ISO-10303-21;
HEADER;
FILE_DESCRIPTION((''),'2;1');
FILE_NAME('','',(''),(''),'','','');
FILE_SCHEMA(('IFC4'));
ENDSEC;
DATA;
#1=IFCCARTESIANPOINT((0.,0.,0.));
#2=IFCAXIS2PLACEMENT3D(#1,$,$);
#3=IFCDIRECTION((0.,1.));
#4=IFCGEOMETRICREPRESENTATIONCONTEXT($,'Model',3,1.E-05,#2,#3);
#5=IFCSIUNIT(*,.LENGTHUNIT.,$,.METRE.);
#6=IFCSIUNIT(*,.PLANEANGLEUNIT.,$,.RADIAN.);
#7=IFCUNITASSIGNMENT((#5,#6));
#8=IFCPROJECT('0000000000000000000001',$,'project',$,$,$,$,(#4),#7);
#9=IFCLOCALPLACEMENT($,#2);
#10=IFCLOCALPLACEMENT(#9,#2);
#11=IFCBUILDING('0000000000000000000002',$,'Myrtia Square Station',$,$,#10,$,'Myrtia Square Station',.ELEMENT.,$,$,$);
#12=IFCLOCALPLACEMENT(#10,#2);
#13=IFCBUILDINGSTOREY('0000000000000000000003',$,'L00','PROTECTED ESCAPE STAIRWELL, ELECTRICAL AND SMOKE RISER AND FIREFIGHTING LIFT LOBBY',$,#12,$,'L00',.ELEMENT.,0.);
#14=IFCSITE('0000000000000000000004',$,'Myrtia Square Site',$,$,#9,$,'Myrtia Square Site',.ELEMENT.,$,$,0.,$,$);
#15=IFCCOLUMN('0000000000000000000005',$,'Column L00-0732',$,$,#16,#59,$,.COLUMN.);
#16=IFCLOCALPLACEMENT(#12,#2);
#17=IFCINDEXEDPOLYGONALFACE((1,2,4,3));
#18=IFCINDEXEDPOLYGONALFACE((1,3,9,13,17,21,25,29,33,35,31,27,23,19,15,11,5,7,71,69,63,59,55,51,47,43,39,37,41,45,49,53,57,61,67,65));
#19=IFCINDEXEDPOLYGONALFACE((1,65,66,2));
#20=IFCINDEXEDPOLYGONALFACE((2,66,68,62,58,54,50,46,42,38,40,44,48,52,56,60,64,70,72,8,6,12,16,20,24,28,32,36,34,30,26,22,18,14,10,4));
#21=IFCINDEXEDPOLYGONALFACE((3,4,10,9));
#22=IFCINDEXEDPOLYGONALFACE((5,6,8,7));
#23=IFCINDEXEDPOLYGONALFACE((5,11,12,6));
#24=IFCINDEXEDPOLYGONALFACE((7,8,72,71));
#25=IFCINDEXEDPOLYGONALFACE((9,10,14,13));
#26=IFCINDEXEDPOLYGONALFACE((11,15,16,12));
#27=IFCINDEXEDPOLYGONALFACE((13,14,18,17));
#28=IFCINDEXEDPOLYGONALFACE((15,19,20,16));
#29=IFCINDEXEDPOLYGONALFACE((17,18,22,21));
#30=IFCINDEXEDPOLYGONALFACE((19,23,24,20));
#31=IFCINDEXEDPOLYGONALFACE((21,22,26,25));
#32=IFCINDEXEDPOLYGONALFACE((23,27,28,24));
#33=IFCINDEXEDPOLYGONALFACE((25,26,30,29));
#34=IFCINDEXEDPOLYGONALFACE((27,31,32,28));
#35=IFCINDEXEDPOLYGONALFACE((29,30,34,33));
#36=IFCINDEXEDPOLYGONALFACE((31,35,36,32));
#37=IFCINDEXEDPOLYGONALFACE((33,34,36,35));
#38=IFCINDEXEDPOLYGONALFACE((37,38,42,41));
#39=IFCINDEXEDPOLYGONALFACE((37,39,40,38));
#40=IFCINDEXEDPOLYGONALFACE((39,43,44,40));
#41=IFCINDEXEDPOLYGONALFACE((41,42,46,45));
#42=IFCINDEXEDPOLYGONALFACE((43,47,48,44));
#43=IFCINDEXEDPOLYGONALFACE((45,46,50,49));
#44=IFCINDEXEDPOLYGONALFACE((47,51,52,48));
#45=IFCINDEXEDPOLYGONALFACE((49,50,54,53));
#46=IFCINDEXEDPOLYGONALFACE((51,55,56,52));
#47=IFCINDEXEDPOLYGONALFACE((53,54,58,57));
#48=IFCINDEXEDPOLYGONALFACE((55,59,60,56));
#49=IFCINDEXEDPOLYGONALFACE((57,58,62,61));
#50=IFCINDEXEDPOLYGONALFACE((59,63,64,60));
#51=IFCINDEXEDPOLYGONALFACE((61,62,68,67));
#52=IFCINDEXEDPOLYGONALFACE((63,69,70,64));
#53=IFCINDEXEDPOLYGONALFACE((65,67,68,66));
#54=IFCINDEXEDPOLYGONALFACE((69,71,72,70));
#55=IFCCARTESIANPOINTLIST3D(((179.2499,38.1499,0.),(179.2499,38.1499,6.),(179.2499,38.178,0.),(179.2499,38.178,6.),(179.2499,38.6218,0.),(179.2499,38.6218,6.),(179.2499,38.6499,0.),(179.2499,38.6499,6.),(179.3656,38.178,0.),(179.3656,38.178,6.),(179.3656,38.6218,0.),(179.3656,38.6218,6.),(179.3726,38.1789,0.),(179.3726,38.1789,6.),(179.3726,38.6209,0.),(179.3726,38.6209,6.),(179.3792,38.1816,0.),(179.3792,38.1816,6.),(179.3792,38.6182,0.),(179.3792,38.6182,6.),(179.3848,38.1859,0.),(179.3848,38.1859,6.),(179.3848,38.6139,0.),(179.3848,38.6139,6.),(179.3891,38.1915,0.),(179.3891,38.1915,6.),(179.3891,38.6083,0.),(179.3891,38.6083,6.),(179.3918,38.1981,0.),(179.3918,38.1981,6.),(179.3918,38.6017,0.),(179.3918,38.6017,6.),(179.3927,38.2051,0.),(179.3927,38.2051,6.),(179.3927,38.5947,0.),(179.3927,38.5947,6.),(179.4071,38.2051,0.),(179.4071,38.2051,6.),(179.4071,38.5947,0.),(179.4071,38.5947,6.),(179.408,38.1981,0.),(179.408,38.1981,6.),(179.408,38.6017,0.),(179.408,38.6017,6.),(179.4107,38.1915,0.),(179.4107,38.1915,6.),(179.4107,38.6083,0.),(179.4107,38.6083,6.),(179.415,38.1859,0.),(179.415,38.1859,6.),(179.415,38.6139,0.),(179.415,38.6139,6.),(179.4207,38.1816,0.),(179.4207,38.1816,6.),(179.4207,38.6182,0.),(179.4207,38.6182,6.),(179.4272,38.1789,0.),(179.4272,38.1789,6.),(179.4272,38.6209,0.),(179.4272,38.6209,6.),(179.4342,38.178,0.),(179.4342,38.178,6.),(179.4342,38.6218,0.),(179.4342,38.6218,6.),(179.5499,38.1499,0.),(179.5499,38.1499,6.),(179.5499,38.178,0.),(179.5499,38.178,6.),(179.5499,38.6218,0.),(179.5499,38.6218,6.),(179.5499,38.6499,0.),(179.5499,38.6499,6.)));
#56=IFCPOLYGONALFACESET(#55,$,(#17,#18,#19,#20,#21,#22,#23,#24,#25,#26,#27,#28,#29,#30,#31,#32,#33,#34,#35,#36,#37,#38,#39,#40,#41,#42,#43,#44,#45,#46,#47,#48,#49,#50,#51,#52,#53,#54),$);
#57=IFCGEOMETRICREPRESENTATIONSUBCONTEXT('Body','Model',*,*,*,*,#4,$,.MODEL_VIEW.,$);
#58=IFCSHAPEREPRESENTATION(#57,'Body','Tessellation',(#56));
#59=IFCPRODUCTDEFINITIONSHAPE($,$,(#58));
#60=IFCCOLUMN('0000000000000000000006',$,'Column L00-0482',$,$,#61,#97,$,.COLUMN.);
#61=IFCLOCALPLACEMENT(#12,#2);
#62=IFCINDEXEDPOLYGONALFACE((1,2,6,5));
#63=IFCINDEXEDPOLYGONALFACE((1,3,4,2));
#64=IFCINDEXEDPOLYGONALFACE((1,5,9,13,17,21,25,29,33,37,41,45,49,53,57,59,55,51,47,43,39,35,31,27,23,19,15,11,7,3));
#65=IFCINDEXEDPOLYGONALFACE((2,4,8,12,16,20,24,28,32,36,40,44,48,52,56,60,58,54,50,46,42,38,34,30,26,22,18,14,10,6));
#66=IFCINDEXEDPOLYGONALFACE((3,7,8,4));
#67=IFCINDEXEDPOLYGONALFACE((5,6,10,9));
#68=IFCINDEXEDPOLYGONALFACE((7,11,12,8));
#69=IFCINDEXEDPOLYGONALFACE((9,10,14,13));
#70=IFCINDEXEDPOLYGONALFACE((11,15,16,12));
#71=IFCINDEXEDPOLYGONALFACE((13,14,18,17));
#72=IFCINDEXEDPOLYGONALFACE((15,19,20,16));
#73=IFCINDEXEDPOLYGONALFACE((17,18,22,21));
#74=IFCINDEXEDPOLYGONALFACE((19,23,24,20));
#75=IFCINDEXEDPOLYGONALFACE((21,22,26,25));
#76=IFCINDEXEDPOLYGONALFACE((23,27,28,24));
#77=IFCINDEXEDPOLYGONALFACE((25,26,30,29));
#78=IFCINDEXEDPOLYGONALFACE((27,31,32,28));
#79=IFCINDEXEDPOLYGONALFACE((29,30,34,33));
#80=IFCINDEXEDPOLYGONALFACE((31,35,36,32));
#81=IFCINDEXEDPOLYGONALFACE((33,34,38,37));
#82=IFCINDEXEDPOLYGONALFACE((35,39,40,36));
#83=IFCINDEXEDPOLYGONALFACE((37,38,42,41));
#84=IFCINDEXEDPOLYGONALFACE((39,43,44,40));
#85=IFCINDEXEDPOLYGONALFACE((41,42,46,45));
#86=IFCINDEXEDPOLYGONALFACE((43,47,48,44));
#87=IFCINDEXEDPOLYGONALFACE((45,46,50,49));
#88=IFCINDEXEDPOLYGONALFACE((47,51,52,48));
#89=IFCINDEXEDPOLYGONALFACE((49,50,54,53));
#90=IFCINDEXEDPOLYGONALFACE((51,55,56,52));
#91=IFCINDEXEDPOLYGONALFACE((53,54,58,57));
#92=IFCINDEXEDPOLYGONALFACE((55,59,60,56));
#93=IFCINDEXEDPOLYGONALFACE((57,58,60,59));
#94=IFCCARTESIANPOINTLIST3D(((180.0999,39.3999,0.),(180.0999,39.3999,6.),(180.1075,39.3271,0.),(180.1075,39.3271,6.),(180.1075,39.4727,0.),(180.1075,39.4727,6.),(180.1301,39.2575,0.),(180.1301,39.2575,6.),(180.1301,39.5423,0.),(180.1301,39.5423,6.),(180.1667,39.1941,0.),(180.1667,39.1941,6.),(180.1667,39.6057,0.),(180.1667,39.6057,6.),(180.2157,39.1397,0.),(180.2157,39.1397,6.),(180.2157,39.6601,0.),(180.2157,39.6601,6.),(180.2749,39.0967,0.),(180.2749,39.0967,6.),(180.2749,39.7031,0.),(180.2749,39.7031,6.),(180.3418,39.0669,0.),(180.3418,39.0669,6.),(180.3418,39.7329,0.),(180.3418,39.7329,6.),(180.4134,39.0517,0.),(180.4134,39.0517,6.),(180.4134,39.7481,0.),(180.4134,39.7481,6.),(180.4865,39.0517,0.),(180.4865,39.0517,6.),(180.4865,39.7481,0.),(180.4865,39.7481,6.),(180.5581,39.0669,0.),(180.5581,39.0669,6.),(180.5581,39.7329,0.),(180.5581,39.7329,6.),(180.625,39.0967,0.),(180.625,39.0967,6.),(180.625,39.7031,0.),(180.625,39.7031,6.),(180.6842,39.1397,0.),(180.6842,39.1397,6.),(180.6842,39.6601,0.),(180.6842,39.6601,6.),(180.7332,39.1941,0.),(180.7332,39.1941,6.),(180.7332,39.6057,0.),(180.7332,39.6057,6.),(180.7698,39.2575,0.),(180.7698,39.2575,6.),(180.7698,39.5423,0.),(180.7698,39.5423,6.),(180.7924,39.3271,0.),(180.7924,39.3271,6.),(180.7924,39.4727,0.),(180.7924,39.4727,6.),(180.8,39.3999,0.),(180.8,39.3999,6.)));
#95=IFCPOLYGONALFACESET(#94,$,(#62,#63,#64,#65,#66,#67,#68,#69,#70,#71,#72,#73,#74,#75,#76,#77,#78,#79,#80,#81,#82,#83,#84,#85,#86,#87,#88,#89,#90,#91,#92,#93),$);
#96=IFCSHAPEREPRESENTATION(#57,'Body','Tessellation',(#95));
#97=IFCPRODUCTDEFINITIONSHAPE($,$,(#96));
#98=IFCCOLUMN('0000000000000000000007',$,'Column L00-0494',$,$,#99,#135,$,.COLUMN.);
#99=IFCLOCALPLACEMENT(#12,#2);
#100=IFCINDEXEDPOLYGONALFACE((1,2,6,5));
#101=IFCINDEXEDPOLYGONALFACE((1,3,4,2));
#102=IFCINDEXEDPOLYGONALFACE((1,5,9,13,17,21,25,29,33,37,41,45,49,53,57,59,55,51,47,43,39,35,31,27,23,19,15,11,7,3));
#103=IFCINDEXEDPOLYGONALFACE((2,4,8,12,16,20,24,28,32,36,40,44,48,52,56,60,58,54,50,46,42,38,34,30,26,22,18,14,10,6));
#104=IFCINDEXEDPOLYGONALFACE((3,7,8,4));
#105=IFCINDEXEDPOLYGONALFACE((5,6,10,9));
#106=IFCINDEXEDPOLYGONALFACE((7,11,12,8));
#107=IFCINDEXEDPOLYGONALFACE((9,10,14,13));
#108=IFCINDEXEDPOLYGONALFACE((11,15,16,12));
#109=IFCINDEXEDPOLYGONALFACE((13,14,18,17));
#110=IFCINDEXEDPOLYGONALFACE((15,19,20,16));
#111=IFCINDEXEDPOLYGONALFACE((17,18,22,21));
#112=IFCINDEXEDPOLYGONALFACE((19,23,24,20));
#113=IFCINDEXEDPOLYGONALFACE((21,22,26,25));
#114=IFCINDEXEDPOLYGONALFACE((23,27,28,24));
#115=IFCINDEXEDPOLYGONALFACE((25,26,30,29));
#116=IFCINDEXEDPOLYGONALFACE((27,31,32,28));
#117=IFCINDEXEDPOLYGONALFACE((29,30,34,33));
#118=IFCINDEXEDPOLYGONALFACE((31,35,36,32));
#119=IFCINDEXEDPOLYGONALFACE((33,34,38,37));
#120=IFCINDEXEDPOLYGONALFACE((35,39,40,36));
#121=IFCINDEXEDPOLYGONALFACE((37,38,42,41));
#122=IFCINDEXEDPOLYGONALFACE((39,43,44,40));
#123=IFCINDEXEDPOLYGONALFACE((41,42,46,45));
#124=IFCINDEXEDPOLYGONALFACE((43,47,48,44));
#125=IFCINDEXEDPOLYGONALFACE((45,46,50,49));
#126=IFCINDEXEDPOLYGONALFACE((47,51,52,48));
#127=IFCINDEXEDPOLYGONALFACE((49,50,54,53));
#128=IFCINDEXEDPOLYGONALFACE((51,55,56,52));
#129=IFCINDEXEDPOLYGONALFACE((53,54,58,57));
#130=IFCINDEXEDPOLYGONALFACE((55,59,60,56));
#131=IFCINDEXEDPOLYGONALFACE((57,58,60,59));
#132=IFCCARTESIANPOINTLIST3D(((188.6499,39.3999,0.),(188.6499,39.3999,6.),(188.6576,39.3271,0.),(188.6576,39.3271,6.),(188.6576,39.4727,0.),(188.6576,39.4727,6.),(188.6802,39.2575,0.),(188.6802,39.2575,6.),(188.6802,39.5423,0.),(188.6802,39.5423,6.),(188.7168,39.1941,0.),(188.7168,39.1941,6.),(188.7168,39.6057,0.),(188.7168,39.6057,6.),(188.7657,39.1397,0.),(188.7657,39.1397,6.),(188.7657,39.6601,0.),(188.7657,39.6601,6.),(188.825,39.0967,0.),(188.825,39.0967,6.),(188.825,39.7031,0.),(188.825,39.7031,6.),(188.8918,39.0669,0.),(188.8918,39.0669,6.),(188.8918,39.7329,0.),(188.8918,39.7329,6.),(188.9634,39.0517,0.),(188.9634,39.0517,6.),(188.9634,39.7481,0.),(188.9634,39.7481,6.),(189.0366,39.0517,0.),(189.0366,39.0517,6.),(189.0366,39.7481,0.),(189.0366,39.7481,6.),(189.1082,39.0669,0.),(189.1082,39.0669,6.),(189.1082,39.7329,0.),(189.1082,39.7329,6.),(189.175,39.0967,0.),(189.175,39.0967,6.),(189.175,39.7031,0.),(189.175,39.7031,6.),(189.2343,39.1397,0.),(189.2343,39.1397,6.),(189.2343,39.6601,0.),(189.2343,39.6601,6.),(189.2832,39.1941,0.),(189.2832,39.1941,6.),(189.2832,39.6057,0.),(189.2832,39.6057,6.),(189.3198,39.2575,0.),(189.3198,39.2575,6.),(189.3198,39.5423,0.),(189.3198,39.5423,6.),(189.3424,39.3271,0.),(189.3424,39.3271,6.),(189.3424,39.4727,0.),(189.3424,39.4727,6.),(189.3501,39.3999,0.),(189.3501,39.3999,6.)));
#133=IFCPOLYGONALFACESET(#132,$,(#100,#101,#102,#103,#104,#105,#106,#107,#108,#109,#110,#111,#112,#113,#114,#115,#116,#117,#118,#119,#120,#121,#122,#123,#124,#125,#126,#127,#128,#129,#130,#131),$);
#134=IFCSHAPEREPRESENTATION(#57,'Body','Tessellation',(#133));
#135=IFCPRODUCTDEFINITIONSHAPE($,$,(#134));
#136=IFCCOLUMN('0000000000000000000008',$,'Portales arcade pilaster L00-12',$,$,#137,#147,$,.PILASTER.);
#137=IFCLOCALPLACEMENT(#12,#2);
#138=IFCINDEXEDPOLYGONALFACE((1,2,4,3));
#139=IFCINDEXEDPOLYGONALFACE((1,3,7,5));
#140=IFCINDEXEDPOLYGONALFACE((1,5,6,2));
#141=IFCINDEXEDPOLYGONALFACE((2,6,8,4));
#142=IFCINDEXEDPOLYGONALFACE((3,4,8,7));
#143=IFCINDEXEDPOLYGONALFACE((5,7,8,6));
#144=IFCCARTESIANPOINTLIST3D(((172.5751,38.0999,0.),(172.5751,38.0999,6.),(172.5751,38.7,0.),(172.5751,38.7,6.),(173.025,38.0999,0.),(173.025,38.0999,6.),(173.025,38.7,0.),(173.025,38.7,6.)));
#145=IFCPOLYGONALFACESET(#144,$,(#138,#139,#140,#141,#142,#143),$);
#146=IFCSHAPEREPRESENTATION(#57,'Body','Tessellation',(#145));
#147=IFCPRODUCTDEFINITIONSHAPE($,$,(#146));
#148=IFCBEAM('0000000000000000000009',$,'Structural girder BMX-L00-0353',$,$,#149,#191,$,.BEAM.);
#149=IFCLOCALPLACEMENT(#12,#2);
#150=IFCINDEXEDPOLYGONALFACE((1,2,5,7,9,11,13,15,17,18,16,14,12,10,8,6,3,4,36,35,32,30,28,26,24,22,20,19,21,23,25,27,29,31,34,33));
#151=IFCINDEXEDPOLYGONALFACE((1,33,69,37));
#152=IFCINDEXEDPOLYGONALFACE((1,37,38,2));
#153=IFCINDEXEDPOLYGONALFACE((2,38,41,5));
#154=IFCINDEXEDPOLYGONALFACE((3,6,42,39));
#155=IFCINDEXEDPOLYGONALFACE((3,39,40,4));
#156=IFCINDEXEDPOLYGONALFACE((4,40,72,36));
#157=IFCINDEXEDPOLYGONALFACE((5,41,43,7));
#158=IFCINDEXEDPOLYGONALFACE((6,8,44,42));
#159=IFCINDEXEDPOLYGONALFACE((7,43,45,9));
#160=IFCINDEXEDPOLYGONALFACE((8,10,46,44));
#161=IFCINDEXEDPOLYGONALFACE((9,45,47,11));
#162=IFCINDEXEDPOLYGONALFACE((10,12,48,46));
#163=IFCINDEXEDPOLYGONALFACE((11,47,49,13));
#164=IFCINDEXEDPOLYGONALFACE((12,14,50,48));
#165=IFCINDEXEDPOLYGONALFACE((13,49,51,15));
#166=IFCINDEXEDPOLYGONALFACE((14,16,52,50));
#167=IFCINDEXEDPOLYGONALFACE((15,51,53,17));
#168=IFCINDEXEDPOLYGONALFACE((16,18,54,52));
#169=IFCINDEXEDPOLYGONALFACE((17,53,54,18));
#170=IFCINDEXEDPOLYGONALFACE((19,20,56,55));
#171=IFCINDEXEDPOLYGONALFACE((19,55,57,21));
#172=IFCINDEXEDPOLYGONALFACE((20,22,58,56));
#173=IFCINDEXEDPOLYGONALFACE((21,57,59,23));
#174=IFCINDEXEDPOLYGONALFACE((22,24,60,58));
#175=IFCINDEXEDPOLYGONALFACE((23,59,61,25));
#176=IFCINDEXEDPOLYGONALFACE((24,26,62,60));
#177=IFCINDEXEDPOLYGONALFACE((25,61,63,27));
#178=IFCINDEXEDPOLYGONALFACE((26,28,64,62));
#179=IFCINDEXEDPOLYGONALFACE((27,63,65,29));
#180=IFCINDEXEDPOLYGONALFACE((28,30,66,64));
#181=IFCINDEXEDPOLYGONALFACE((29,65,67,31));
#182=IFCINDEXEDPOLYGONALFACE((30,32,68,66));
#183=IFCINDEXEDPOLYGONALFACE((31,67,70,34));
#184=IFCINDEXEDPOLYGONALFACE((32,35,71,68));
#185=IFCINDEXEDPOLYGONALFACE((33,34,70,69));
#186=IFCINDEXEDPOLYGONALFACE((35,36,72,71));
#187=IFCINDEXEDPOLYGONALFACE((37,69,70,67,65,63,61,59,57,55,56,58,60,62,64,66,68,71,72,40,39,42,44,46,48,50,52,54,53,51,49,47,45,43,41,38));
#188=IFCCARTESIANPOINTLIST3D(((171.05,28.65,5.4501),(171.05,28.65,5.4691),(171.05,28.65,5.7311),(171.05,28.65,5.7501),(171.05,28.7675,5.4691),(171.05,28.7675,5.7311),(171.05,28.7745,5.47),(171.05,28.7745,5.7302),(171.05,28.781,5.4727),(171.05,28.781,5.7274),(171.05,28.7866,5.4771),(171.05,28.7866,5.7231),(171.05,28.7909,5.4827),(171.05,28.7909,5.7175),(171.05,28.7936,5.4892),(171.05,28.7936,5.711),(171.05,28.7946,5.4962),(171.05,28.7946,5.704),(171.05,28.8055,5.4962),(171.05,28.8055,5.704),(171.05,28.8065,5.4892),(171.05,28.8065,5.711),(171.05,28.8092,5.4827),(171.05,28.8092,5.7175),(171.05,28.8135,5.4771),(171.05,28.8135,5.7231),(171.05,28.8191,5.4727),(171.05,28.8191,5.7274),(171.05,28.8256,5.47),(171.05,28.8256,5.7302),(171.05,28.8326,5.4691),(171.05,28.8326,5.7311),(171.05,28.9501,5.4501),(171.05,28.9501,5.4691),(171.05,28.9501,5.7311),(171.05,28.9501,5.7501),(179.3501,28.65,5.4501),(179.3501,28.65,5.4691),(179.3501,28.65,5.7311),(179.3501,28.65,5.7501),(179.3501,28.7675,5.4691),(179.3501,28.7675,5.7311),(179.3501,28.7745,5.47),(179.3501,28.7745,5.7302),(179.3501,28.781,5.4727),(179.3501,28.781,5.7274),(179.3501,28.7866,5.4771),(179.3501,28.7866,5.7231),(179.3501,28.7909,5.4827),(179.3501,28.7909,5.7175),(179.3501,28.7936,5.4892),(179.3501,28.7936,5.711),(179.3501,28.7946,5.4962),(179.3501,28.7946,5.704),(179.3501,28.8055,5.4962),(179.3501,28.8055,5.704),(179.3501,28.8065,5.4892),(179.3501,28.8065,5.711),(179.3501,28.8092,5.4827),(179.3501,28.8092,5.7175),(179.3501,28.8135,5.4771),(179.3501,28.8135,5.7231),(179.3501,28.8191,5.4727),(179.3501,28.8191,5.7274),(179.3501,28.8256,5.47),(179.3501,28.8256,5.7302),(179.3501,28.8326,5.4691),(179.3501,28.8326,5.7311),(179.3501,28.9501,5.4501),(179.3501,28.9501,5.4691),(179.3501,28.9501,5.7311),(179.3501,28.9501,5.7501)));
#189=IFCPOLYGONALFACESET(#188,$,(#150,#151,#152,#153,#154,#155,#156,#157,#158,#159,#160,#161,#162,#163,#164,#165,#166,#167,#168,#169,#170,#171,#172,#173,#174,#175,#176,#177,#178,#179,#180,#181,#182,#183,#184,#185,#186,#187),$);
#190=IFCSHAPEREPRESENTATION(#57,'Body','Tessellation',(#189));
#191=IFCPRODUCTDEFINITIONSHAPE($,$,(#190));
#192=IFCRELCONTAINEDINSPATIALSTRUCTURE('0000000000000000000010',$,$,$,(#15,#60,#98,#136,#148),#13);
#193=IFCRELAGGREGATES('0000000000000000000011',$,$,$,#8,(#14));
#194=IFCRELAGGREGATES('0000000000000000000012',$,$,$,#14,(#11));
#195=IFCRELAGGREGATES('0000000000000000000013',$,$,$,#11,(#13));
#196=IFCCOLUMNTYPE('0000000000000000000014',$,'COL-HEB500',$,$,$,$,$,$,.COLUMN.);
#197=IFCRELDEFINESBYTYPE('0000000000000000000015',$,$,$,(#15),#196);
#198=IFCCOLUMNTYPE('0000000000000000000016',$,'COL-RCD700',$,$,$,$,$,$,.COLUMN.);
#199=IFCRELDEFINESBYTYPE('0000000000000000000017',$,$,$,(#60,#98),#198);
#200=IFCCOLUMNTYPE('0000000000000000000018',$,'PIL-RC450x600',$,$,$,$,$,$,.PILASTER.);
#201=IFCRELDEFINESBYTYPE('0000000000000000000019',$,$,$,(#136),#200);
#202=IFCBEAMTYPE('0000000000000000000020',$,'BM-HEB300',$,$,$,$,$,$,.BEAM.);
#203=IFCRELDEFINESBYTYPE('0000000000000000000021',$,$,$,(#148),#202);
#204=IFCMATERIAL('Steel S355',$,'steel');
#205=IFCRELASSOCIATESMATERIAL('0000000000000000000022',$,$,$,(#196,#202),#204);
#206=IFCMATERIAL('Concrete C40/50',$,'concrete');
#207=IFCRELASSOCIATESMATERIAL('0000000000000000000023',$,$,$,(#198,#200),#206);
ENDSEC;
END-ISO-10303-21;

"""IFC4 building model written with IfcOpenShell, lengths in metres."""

from ifc_helpers import new_model, si_unit, direction, frame, origin, origin_2d, place, context, subcontext, project, spatial, rectangle, circle, i_section, extrude, material, material_profile, profile_set, type_object, element, save


model = new_model("IFC4")

# Units and contexts
model_context = context("Model", 3, precision=1e-05, world=origin(), true_north=direction((0.0, 1.0)))
body_context = subcontext(model_context, "Body", "Model", "MODEL_VIEW")
ifc_project = project(units=[si_unit("LENGTHUNIT", "METRE"), si_unit("PLANEANGLEUNIT", "RADIAN")], contexts=[model_context])

# Site, building, storey
site_placement = place(None, origin())
site = spatial("IfcSite", under=ifc_project, at=site_placement, Name="Myrtia Square Site", LongName="Myrtia Square Site", CompositionType="ELEMENT", RefElevation=0.0)
building_placement = place(site_placement, origin())
building = spatial("IfcBuilding", under=site, at=building_placement, Name="Myrtia Square Station", LongName="Myrtia Square Station", CompositionType="ELEMENT")
storey_placement = place(building_placement, origin())
storey = spatial("IfcBuildingStorey", under=building, at=storey_placement, Name="L00", Description="PROTECTED ESCAPE STAIRWELL, ELECTRICAL AND SMOKE RISER AND FIREFIGHTING LIFT LOBBY", LongName="L00", CompositionType="ELEMENT", Elevation=0.0)

# Columns
ifc_material_1 = material(Name="Steel S355", Category="steel")
ifc_material_profile_1 = material_profile(ifc_material_1, i_section(OverallWidth=0.3, OverallDepth=0.5, WebThickness=0.0144, FlangeThickness=0.0281, FilletRadius=0.0271, at=origin_2d()), Name="HEB 500")
ifc_profile_set_1 = profile_set([ifc_material_profile_1], Name="Steel S355")
column_type_1 = type_object("IfcColumnType", Name="COL-HEB500", PredefinedType="COLUMN", material=ifc_profile_set_1)
for number, where, z_axis, x_axis, name in (
    (1, (179.3999, 38.3999, 0.0), (0.0, 0.0, 1.0), (1.0, 0.0, 0.0), "Column L00-0732"),
):
    element("IfcColumn", number, at=place(storey_placement, frame(where, z_axis=z_axis, x_axis=x_axis)), inside=storey, type_object=column_type_1, Name=name, PredefinedType="COLUMN", context=body_context, shape_type="SweptSolid", body=[
        extrude(i_section(OverallWidth=0.3, OverallDepth=0.5, WebThickness=0.0144, FlangeThickness=0.0281, FilletRadius=0.0271, at=origin_2d()), origin(), (0.0, 0.0, 1.0), 6.0),
    ])
ifc_material_2 = material(Name="Concrete C40/50", Category="concrete")
ifc_material_profile_2 = material_profile(ifc_material_2, circle(Radius=0.3501, at=origin_2d()), Name="RC D700")
ifc_profile_set_2 = profile_set([ifc_material_profile_2], Name="Concrete C40/50")
column_type_2 = type_object("IfcColumnType", Name="COL-RCD700", PredefinedType="COLUMN", material=ifc_profile_set_2)
for number, where, z_axis, x_axis, name in (
    (2, (180.45, 39.3999, 0.0), (0.0, 0.0, 1.0), (1.0, 0.0, 0.0), "Column L00-0482"),
    (3, (189.0, 39.3999, 0.0), (0.0, 0.0, 1.0), (1.0, 0.0, 0.0), "Column L00-0494"),
):
    element("IfcColumn", number, at=place(storey_placement, frame(where, z_axis=z_axis, x_axis=x_axis)), inside=storey, type_object=column_type_2, Name=name, PredefinedType="COLUMN", context=body_context, shape_type="SweptSolid", body=[
        extrude(circle(Radius=0.3501, at=origin_2d()), origin(), (0.0, 0.0, 1.0), 6.0),
    ])
ifc_material_profile_3 = material_profile(ifc_material_2, rectangle(XDim=0.45, YDim=0.6001, at=origin_2d()), Name="PIL 450x600")
ifc_profile_set_3 = profile_set([ifc_material_profile_3], Name="Concrete C40/50")
column_type_3 = type_object("IfcColumnType", Name="PIL-RC450x600", PredefinedType="PILASTER", material=ifc_profile_set_3)
column_placement = place(storey_placement, frame((172.8, 38.3999, 0.0), z_axis=(0.0, 0.0, 1.0), x_axis=(1.0, 0.0, 0.0)))
element("IfcColumn", 4, at=column_placement, inside=storey, type_object=column_type_3, Name="Portales arcade pilaster L00-12", PredefinedType="PILASTER", context=body_context, shape_type="SweptSolid", body=[
    extrude(rectangle(XDim=0.45, YDim=0.6001, at=origin_2d()), origin(), (0.0, 0.0, 1.0), 6.0),
])

# Beam
ifc_material_profile_4 = material_profile(ifc_material_1, i_section(OverallWidth=0.3, OverallDepth=0.3, WebThickness=0.011, FlangeThickness=0.019, FilletRadius=0.0271, at=origin_2d()), Name="HEB 300")
ifc_profile_set_4 = profile_set([ifc_material_profile_4], Name="Steel S355")
beam_type_1 = type_object("IfcBeamType", Name="BM-HEB300", PredefinedType="BEAM", material=ifc_profile_set_4)
beam_1_placement = place(storey_placement, frame((171.05, 28.8, 5.6001), z_axis=(1.0, 0.0, 0.0), x_axis=(0.0, 1.0, 0.0)))
element("IfcBeam", 5, at=beam_1_placement, inside=storey, type_object=beam_type_1, Name="Structural girder BMX-L00-0353", PredefinedType="BEAM", context=body_context, shape_type="SweptSolid", body=[
    extrude(i_section(OverallWidth=0.3, OverallDepth=0.3, WebThickness=0.011, FlangeThickness=0.019, FilletRadius=0.0271, at=origin_2d()), origin(), (0.0, 0.0, 1.0), 8.3),
])

save(model, "model.ifc")
